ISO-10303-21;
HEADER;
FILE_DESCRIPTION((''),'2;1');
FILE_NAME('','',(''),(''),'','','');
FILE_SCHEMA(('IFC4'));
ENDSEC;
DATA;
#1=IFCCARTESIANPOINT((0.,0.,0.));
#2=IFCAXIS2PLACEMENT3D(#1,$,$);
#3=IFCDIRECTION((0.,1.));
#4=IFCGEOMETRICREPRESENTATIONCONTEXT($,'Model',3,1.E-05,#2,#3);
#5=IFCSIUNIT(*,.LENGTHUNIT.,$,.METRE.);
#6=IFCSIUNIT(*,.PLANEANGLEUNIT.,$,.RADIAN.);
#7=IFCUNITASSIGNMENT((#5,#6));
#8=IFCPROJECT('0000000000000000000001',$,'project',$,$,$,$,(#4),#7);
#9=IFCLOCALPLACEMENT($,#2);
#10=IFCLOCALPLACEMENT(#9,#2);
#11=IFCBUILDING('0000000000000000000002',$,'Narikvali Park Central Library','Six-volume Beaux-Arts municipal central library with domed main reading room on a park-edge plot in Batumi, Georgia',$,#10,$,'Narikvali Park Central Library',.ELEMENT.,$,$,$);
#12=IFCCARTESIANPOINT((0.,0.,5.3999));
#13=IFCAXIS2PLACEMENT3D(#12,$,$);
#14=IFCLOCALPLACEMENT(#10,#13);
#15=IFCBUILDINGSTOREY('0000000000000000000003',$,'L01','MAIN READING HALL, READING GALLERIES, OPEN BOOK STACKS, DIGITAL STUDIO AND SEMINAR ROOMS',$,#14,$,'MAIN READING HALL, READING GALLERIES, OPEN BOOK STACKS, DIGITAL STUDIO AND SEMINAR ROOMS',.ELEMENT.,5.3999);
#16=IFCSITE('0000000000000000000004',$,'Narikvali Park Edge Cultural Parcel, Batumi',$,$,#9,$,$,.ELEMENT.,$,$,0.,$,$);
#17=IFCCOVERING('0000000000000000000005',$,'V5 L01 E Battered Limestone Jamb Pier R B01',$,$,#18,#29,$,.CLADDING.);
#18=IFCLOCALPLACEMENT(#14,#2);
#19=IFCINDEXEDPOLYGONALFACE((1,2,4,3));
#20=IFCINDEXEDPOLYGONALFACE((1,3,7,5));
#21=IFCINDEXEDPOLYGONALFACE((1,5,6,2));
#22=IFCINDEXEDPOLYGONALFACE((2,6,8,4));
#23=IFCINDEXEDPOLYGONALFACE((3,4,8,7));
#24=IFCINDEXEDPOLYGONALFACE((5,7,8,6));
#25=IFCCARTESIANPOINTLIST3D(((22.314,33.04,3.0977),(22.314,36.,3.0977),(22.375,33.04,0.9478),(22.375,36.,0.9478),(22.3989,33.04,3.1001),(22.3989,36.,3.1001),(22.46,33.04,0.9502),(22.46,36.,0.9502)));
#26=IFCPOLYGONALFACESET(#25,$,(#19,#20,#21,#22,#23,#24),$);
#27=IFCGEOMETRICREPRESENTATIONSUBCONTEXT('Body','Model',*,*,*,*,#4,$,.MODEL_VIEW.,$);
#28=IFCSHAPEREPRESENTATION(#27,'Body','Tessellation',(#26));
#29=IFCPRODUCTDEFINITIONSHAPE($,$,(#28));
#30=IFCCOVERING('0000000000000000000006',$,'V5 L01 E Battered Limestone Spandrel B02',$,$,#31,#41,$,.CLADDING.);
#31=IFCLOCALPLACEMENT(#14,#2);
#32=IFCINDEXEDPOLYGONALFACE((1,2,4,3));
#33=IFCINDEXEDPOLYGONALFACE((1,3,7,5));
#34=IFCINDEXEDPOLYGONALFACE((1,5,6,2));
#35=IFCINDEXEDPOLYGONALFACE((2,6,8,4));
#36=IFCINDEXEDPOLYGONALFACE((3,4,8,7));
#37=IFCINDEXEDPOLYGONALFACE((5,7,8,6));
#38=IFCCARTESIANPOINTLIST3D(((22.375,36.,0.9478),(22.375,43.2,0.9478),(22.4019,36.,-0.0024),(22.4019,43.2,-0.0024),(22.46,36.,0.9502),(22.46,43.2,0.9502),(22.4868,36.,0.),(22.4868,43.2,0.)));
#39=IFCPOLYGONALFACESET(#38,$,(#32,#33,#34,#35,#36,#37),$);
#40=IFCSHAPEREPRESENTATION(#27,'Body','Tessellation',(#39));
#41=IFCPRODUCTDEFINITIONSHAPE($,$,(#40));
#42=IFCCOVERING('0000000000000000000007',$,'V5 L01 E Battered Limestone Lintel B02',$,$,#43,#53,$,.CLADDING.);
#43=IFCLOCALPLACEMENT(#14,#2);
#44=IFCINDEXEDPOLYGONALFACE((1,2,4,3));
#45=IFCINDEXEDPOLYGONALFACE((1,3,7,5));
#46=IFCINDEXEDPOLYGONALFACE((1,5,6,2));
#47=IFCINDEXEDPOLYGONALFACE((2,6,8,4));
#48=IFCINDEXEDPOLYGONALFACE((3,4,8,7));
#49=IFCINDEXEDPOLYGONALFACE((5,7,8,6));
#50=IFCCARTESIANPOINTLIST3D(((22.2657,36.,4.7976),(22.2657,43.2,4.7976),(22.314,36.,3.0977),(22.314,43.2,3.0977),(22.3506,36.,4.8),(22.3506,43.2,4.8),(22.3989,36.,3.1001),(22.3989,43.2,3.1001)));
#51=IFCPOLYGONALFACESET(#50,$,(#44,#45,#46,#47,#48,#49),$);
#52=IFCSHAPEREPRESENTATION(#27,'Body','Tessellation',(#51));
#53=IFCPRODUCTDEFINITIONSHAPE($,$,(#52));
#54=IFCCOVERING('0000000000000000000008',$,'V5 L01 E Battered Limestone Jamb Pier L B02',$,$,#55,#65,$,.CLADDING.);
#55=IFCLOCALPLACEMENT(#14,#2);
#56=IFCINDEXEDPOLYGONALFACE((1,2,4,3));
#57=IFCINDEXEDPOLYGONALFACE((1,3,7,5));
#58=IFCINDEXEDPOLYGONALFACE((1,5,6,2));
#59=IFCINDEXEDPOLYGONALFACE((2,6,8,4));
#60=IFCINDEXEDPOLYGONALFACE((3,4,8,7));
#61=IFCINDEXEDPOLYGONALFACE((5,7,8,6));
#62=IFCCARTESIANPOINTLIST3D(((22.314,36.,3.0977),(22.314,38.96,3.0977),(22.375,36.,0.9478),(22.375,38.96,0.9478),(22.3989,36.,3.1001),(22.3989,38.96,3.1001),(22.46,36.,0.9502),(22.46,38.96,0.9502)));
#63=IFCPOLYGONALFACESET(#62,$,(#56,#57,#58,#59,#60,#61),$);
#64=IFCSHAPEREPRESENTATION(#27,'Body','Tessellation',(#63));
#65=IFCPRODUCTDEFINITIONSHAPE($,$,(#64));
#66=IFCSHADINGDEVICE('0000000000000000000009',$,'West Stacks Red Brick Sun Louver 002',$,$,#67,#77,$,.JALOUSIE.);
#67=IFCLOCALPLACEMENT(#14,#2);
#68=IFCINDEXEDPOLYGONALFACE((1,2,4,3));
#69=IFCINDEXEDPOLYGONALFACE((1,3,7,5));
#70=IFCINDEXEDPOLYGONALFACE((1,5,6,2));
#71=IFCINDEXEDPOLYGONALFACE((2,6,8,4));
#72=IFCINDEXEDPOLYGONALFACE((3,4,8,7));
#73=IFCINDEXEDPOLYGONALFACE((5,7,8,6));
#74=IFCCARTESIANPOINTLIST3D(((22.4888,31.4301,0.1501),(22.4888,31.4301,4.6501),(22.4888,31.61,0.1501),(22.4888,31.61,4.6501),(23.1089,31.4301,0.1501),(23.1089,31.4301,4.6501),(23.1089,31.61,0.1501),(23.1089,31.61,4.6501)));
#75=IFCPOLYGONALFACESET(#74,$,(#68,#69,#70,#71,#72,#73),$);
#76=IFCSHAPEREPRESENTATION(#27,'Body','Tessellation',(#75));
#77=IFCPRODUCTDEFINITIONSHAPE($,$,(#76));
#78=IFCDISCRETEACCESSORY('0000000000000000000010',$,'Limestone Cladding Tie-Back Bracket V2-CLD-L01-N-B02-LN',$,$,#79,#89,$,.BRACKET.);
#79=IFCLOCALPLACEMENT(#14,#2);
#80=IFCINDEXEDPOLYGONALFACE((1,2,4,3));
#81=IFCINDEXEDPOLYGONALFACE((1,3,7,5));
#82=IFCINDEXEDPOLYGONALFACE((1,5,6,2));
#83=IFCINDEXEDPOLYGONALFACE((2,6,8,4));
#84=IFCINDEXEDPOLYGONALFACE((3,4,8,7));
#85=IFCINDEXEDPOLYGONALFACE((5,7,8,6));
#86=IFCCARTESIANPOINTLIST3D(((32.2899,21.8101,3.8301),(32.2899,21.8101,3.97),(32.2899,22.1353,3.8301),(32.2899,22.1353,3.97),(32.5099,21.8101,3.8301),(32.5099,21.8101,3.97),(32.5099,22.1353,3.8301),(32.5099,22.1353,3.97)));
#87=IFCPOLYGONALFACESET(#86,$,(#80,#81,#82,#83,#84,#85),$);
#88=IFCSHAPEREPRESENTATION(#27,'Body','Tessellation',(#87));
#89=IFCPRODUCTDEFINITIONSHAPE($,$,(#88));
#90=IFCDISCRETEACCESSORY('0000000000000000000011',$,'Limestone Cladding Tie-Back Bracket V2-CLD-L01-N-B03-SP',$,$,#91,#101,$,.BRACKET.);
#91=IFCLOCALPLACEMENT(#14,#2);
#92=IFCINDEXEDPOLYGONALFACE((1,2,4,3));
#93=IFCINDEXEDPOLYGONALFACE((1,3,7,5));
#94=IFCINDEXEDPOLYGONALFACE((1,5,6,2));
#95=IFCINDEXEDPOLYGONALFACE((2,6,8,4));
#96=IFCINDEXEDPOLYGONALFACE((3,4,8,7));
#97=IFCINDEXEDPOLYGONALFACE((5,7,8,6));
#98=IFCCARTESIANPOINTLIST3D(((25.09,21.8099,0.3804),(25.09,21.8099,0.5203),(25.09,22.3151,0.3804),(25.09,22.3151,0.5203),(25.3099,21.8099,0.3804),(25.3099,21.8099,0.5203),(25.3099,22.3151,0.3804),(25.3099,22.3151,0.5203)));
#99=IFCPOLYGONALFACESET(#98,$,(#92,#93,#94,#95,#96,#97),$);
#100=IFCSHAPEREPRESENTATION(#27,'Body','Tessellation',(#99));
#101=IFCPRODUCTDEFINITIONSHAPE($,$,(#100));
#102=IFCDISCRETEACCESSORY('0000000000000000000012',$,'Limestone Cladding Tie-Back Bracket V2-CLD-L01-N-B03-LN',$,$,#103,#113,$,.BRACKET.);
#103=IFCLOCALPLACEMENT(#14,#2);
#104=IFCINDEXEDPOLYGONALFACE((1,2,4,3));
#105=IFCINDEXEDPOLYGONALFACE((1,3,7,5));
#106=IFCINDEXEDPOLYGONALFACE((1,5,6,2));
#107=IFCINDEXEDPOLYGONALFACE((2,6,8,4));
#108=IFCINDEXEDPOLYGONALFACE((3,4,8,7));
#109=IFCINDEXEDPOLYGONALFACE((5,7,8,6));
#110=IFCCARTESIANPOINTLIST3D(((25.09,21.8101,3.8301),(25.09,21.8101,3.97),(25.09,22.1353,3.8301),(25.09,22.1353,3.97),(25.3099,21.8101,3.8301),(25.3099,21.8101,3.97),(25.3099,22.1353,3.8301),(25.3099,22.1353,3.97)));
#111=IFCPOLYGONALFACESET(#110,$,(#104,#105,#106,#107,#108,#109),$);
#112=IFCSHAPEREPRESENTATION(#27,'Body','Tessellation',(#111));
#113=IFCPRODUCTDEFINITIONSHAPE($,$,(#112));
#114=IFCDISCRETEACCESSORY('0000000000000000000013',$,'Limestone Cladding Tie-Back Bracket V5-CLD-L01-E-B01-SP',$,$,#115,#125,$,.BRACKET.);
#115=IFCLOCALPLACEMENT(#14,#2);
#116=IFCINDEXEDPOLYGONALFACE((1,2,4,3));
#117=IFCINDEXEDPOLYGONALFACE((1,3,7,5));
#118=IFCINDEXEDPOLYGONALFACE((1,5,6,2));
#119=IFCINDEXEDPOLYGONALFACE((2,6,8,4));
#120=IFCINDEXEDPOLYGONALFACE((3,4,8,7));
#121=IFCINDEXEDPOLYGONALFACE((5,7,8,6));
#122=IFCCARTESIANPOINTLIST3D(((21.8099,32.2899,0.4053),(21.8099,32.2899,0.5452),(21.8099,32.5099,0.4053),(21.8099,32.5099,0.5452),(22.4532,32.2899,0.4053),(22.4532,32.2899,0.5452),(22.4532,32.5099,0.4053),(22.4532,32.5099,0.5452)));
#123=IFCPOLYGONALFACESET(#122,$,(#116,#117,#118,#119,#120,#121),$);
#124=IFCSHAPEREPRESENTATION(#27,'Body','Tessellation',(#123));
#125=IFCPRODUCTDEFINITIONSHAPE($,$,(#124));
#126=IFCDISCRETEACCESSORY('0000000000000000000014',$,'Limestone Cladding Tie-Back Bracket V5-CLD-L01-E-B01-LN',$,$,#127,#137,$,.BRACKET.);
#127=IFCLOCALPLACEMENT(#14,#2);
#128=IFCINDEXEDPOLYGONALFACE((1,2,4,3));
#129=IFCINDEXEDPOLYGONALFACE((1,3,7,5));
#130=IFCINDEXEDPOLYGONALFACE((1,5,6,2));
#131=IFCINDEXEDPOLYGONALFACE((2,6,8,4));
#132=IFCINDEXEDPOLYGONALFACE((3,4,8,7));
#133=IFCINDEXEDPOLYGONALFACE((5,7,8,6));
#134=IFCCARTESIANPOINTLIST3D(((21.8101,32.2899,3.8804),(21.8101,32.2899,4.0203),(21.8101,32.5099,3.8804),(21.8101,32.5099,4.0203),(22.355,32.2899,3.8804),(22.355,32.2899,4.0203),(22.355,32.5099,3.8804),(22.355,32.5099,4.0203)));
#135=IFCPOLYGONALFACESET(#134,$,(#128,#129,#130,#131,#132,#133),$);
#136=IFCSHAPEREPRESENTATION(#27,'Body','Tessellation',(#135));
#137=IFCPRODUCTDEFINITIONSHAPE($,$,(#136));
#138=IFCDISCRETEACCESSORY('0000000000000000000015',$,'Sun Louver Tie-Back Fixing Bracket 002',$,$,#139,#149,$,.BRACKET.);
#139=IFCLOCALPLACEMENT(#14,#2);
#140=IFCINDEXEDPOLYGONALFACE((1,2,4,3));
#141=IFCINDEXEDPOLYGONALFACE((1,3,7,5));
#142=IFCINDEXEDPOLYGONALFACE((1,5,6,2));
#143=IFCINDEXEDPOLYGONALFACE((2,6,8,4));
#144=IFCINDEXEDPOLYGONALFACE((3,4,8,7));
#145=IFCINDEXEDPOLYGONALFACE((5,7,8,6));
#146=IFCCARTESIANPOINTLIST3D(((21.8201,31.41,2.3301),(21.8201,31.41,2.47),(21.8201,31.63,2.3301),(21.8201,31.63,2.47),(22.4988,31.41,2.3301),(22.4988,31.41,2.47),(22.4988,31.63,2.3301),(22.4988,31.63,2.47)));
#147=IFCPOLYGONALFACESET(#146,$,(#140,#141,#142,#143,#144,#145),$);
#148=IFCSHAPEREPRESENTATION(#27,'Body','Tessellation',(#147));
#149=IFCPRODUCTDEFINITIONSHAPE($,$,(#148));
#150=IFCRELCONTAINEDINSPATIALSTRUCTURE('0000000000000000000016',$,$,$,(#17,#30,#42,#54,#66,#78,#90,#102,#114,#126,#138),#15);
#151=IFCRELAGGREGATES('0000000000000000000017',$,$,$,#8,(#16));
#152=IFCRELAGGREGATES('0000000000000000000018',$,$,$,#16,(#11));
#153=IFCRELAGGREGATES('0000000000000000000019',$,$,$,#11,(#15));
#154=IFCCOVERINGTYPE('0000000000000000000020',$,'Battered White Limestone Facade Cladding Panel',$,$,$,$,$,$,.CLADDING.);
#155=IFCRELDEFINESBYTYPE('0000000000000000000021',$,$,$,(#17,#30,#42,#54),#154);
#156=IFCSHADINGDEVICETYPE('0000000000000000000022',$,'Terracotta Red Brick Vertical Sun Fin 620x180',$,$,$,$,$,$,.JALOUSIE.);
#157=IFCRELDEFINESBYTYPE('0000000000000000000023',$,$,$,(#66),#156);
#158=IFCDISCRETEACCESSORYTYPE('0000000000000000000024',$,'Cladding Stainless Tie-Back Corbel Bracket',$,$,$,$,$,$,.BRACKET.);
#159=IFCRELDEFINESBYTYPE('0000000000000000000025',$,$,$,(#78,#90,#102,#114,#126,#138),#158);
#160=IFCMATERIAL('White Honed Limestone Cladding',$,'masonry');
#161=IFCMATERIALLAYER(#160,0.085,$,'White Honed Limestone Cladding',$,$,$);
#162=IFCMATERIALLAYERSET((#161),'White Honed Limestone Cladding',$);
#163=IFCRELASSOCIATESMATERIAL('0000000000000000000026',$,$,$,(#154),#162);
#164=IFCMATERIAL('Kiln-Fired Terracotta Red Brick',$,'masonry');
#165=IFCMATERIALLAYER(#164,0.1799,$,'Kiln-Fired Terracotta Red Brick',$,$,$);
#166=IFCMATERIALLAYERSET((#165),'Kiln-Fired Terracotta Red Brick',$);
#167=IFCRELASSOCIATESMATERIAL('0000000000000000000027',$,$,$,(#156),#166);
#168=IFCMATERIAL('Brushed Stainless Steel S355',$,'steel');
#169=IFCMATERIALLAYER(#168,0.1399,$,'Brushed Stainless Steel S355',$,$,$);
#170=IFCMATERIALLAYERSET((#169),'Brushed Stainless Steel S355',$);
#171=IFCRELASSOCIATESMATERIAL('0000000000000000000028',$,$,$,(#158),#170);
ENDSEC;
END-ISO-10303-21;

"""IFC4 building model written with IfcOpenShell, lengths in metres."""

from ifc_helpers import new_model, si_unit, direction, frame, origin, origin_2d, place, context, subcontext, project, spatial, polyline, rectangle, outline, extrude, material, layer, layer_set, type_object, element, save


model = new_model("IFC4")

# Units and contexts
model_context = context("Model", 3, precision=1e-05, world=origin(), true_north=direction((0.0, 1.0)))
body_context = subcontext(model_context, "Body", "Model", "MODEL_VIEW")
ifc_project = project(units=[si_unit("LENGTHUNIT", "METRE"), si_unit("PLANEANGLEUNIT", "RADIAN")], contexts=[model_context])

# Site, building, storey
site_placement = place(None, origin())
site = spatial("IfcSite", under=ifc_project, at=site_placement, Name="Narikvali Park Edge Cultural Parcel, Batumi", CompositionType="ELEMENT", RefElevation=0.0)
building_placement = place(site_placement, origin())
building = spatial("IfcBuilding", under=site, at=building_placement, Name="Narikvali Park Central Library", Description="Six-volume Beaux-Arts municipal central library with domed main reading room on a park-edge plot in Batumi, Georgia", LongName="Narikvali Park Central Library", CompositionType="ELEMENT")
storey_placement = place(building_placement, frame((0.0, 0.0, 5.3999)))
storey = spatial("IfcBuildingStorey", under=building, at=storey_placement, Name="L01", Description="MAIN READING HALL, READING GALLERIES, OPEN BOOK STACKS, DIGITAL STUDIO AND SEMINAR ROOMS", LongName="MAIN READING HALL, READING GALLERIES, OPEN BOOK STACKS, DIGITAL STUDIO AND SEMINAR ROOMS", CompositionType="ELEMENT", Elevation=5.3999)

# Coverings
ifc_material_1 = material(Name="White Honed Limestone Cladding", Category="masonry")
ifc_layer_1 = layer(ifc_material_1, 0.085, Name="White Honed Limestone Cladding")
ifc_layer_set_1 = layer_set([ifc_layer_1], Name="White Honed Limestone Cladding")
covering_type = type_object("IfcCoveringType", Name="Battered White Limestone Facade Cladding Panel", PredefinedType="CLADDING", material=ifc_layer_set_1)
covering_1_placement = place(storey_placement, frame((22.46, 33.04, 0.9502), z_axis=(0.999597, 0.0, 0.028378), x_axis=(0.0, 1.0, 0.0)))
element("IfcCovering", 1, at=covering_1_placement, inside=storey, type_object=covering_type, Name="V5 L01 E Battered Limestone Jamb Pier R B01", PredefinedType="CLADDING", context=body_context, shape_type="SweptSolid", body=[
    extrude(outline(polyline([(0.0, 0.0), (2.96, 0.0), (2.96, 2.1508), (0.0, 2.1508), (0.0, 0.0)])), origin(), (0.0, 0.0, -1.0), 0.085),
])
covering_2_placement = place(storey_placement, frame((22.4868, 36.0, 0.0), z_axis=(0.999601, 0.0, 0.028252), x_axis=(0.0, 1.0, 0.0)))
element("IfcCovering", 2, at=covering_2_placement, inside=storey, type_object=covering_type, Name="V5 L01 E Battered Limestone Spandrel B02", PredefinedType="CLADDING", context=body_context, shape_type="SweptSolid", body=[
    extrude(outline(polyline([(0.0, 0.0), (7.2, 0.0), (7.2, 0.9506), (0.0, 0.9506), (0.0, 0.0)])), origin(), (0.0, 0.0, -1.0), 0.085),
])
covering_3_placement = place(storey_placement, frame((22.3989, 36.0, 3.1001), z_axis=(0.999596, 0.0, 0.028425), x_axis=(0.0, 1.0, 0.0)))
element("IfcCovering", 3, at=covering_3_placement, inside=storey, type_object=covering_type, Name="V5 L01 E Battered Limestone Lintel B02", PredefinedType="CLADDING", context=body_context, shape_type="SweptSolid", body=[
    extrude(outline(polyline([(0.0, 0.0), (7.2, 0.0), (7.2, 1.7006), (0.0, 1.7006), (0.0, 0.0)])), origin(), (0.0, 0.0, -1.0), 0.085),
])
covering_4_placement = place(storey_placement, frame((22.46, 36.0, 0.9502), z_axis=(0.999597, 0.0, 0.028378), x_axis=(0.0, 1.0, 0.0)))
element("IfcCovering", 4, at=covering_4_placement, inside=storey, type_object=covering_type, Name="V5 L01 E Battered Limestone Jamb Pier L B02", PredefinedType="CLADDING", context=body_context, shape_type="SweptSolid", body=[
    extrude(outline(polyline([(0.0, 0.0), (2.96, 0.0), (2.96, 2.1508), (0.0, 2.1508), (0.0, 0.0)])), origin(), (0.0, 0.0, -1.0), 0.085),
])

# Shading device
ifc_material_2 = material(Name="Kiln-Fired Terracotta Red Brick", Category="masonry")
ifc_layer_2 = layer(ifc_material_2, 0.1799, Name="Kiln-Fired Terracotta Red Brick")
ifc_layer_set_2 = layer_set([ifc_layer_2], Name="Kiln-Fired Terracotta Red Brick")
shading_device_type = type_object("IfcShadingDeviceType", Name="Terracotta Red Brick Vertical Sun Fin 620x180", PredefinedType="JALOUSIE", material=ifc_layer_set_2)
shading_device_placement = place(storey_placement, frame((22.7988, 31.52, 0.1501), z_axis=(0.0, 0.0, 1.0), x_axis=(1.0, 0.0, 0.0)))
element("IfcShadingDevice", 5, at=shading_device_placement, inside=storey, type_object=shading_device_type, Name="West Stacks Red Brick Sun Louver 002", PredefinedType="JALOUSIE", context=body_context, shape_type="SweptSolid", body=[
    extrude(rectangle(XDim=0.6201, YDim=0.1799, at=origin_2d()), origin(), (0.0, 0.0, 1.0), 4.5),
])

# Discrete accessories
ifc_material_3 = material(Name="Brushed Stainless Steel S355", Category="steel")
ifc_layer_3 = layer(ifc_material_3, 0.1399, Name="Brushed Stainless Steel S355")
ifc_layer_set_3 = layer_set([ifc_layer_3], Name="Brushed Stainless Steel S355")
discrete_accessory_type = type_object("IfcDiscreteAccessoryType", Name="Cladding Stainless Tie-Back Corbel Bracket", PredefinedType="BRACKET", material=ifc_layer_set_3)
discrete_accessory_1_placement = place(storey_placement, frame((32.3999, 21.9727, 3.8301), z_axis=(0.0, 0.0, 1.0), x_axis=(1.0, 0.0, 0.0)))
element("IfcDiscreteAccessory", 6, at=discrete_accessory_1_placement, inside=storey, type_object=discrete_accessory_type, Name="Limestone Cladding Tie-Back Bracket V2-CLD-L01-N-B02-LN", PredefinedType="BRACKET", context=body_context, shape_type="SweptSolid", body=[
    extrude(rectangle(XDim=0.22, YDim=0.3252, at=origin_2d()), origin(), (0.0, 0.0, 1.0), 0.1399),
])
discrete_accessory_2_placement = place(storey_placement, frame((25.2, 22.0625, 0.3804), z_axis=(0.0, 0.0, 1.0), x_axis=(1.0, 0.0, 0.0)))
element("IfcDiscreteAccessory", 7, at=discrete_accessory_2_placement, inside=storey, type_object=discrete_accessory_type, Name="Limestone Cladding Tie-Back Bracket V2-CLD-L01-N-B03-SP", PredefinedType="BRACKET", context=body_context, shape_type="SweptSolid", body=[
    extrude(rectangle(XDim=0.22, YDim=0.5051, at=origin_2d()), origin(), (0.0, 0.0, 1.0), 0.1399),
])
discrete_accessory_3_placement = place(storey_placement, frame((25.2, 21.9727, 3.8301), z_axis=(0.0, 0.0, 1.0), x_axis=(1.0, 0.0, 0.0)))
element("IfcDiscreteAccessory", 8, at=discrete_accessory_3_placement, inside=storey, type_object=discrete_accessory_type, Name="Limestone Cladding Tie-Back Bracket V2-CLD-L01-N-B03-LN", PredefinedType="BRACKET", context=body_context, shape_type="SweptSolid", body=[
    extrude(rectangle(XDim=0.22, YDim=0.3252, at=origin_2d()), origin(), (0.0, 0.0, 1.0), 0.1399),
])
discrete_accessory_4_placement = place(storey_placement, frame((22.1316, 32.3999, 0.4053), z_axis=(0.0, 0.0, 1.0), x_axis=(1.0, 0.0, 0.0)))
element("IfcDiscreteAccessory", 9, at=discrete_accessory_4_placement, inside=storey, type_object=discrete_accessory_type, Name="Limestone Cladding Tie-Back Bracket V5-CLD-L01-E-B01-SP", PredefinedType="BRACKET", context=body_context, shape_type="SweptSolid", body=[
    extrude(rectangle(XDim=0.6433, YDim=0.22, at=origin_2d()), origin(), (0.0, 0.0, 1.0), 0.1399),
])
discrete_accessory_5_placement = place(storey_placement, frame((22.0825, 32.3999, 3.8804), z_axis=(0.0, 0.0, 1.0), x_axis=(1.0, 0.0, 0.0)))
element("IfcDiscreteAccessory", 10, at=discrete_accessory_5_placement, inside=storey, type_object=discrete_accessory_type, Name="Limestone Cladding Tie-Back Bracket V5-CLD-L01-E-B01-LN", PredefinedType="BRACKET", context=body_context, shape_type="SweptSolid", body=[
    extrude(rectangle(XDim=0.5449, YDim=0.22, at=origin_2d()), origin(), (0.0, 0.0, 1.0), 0.1399),
])
discrete_accessory_6_placement = place(storey_placement, frame((22.1594, 31.52, 2.3301), z_axis=(0.0, 0.0, 1.0), x_axis=(1.0, 0.0, 0.0)))
element("IfcDiscreteAccessory", 11, at=discrete_accessory_6_placement, inside=storey, type_object=discrete_accessory_type, Name="Sun Louver Tie-Back Fixing Bracket 002", PredefinedType="BRACKET", context=body_context, shape_type="SweptSolid", body=[
    extrude(rectangle(XDim=0.6787, YDim=0.22, at=origin_2d()), origin(), (0.0, 0.0, 1.0), 0.1399),
])

save(model, "model.ifc")
